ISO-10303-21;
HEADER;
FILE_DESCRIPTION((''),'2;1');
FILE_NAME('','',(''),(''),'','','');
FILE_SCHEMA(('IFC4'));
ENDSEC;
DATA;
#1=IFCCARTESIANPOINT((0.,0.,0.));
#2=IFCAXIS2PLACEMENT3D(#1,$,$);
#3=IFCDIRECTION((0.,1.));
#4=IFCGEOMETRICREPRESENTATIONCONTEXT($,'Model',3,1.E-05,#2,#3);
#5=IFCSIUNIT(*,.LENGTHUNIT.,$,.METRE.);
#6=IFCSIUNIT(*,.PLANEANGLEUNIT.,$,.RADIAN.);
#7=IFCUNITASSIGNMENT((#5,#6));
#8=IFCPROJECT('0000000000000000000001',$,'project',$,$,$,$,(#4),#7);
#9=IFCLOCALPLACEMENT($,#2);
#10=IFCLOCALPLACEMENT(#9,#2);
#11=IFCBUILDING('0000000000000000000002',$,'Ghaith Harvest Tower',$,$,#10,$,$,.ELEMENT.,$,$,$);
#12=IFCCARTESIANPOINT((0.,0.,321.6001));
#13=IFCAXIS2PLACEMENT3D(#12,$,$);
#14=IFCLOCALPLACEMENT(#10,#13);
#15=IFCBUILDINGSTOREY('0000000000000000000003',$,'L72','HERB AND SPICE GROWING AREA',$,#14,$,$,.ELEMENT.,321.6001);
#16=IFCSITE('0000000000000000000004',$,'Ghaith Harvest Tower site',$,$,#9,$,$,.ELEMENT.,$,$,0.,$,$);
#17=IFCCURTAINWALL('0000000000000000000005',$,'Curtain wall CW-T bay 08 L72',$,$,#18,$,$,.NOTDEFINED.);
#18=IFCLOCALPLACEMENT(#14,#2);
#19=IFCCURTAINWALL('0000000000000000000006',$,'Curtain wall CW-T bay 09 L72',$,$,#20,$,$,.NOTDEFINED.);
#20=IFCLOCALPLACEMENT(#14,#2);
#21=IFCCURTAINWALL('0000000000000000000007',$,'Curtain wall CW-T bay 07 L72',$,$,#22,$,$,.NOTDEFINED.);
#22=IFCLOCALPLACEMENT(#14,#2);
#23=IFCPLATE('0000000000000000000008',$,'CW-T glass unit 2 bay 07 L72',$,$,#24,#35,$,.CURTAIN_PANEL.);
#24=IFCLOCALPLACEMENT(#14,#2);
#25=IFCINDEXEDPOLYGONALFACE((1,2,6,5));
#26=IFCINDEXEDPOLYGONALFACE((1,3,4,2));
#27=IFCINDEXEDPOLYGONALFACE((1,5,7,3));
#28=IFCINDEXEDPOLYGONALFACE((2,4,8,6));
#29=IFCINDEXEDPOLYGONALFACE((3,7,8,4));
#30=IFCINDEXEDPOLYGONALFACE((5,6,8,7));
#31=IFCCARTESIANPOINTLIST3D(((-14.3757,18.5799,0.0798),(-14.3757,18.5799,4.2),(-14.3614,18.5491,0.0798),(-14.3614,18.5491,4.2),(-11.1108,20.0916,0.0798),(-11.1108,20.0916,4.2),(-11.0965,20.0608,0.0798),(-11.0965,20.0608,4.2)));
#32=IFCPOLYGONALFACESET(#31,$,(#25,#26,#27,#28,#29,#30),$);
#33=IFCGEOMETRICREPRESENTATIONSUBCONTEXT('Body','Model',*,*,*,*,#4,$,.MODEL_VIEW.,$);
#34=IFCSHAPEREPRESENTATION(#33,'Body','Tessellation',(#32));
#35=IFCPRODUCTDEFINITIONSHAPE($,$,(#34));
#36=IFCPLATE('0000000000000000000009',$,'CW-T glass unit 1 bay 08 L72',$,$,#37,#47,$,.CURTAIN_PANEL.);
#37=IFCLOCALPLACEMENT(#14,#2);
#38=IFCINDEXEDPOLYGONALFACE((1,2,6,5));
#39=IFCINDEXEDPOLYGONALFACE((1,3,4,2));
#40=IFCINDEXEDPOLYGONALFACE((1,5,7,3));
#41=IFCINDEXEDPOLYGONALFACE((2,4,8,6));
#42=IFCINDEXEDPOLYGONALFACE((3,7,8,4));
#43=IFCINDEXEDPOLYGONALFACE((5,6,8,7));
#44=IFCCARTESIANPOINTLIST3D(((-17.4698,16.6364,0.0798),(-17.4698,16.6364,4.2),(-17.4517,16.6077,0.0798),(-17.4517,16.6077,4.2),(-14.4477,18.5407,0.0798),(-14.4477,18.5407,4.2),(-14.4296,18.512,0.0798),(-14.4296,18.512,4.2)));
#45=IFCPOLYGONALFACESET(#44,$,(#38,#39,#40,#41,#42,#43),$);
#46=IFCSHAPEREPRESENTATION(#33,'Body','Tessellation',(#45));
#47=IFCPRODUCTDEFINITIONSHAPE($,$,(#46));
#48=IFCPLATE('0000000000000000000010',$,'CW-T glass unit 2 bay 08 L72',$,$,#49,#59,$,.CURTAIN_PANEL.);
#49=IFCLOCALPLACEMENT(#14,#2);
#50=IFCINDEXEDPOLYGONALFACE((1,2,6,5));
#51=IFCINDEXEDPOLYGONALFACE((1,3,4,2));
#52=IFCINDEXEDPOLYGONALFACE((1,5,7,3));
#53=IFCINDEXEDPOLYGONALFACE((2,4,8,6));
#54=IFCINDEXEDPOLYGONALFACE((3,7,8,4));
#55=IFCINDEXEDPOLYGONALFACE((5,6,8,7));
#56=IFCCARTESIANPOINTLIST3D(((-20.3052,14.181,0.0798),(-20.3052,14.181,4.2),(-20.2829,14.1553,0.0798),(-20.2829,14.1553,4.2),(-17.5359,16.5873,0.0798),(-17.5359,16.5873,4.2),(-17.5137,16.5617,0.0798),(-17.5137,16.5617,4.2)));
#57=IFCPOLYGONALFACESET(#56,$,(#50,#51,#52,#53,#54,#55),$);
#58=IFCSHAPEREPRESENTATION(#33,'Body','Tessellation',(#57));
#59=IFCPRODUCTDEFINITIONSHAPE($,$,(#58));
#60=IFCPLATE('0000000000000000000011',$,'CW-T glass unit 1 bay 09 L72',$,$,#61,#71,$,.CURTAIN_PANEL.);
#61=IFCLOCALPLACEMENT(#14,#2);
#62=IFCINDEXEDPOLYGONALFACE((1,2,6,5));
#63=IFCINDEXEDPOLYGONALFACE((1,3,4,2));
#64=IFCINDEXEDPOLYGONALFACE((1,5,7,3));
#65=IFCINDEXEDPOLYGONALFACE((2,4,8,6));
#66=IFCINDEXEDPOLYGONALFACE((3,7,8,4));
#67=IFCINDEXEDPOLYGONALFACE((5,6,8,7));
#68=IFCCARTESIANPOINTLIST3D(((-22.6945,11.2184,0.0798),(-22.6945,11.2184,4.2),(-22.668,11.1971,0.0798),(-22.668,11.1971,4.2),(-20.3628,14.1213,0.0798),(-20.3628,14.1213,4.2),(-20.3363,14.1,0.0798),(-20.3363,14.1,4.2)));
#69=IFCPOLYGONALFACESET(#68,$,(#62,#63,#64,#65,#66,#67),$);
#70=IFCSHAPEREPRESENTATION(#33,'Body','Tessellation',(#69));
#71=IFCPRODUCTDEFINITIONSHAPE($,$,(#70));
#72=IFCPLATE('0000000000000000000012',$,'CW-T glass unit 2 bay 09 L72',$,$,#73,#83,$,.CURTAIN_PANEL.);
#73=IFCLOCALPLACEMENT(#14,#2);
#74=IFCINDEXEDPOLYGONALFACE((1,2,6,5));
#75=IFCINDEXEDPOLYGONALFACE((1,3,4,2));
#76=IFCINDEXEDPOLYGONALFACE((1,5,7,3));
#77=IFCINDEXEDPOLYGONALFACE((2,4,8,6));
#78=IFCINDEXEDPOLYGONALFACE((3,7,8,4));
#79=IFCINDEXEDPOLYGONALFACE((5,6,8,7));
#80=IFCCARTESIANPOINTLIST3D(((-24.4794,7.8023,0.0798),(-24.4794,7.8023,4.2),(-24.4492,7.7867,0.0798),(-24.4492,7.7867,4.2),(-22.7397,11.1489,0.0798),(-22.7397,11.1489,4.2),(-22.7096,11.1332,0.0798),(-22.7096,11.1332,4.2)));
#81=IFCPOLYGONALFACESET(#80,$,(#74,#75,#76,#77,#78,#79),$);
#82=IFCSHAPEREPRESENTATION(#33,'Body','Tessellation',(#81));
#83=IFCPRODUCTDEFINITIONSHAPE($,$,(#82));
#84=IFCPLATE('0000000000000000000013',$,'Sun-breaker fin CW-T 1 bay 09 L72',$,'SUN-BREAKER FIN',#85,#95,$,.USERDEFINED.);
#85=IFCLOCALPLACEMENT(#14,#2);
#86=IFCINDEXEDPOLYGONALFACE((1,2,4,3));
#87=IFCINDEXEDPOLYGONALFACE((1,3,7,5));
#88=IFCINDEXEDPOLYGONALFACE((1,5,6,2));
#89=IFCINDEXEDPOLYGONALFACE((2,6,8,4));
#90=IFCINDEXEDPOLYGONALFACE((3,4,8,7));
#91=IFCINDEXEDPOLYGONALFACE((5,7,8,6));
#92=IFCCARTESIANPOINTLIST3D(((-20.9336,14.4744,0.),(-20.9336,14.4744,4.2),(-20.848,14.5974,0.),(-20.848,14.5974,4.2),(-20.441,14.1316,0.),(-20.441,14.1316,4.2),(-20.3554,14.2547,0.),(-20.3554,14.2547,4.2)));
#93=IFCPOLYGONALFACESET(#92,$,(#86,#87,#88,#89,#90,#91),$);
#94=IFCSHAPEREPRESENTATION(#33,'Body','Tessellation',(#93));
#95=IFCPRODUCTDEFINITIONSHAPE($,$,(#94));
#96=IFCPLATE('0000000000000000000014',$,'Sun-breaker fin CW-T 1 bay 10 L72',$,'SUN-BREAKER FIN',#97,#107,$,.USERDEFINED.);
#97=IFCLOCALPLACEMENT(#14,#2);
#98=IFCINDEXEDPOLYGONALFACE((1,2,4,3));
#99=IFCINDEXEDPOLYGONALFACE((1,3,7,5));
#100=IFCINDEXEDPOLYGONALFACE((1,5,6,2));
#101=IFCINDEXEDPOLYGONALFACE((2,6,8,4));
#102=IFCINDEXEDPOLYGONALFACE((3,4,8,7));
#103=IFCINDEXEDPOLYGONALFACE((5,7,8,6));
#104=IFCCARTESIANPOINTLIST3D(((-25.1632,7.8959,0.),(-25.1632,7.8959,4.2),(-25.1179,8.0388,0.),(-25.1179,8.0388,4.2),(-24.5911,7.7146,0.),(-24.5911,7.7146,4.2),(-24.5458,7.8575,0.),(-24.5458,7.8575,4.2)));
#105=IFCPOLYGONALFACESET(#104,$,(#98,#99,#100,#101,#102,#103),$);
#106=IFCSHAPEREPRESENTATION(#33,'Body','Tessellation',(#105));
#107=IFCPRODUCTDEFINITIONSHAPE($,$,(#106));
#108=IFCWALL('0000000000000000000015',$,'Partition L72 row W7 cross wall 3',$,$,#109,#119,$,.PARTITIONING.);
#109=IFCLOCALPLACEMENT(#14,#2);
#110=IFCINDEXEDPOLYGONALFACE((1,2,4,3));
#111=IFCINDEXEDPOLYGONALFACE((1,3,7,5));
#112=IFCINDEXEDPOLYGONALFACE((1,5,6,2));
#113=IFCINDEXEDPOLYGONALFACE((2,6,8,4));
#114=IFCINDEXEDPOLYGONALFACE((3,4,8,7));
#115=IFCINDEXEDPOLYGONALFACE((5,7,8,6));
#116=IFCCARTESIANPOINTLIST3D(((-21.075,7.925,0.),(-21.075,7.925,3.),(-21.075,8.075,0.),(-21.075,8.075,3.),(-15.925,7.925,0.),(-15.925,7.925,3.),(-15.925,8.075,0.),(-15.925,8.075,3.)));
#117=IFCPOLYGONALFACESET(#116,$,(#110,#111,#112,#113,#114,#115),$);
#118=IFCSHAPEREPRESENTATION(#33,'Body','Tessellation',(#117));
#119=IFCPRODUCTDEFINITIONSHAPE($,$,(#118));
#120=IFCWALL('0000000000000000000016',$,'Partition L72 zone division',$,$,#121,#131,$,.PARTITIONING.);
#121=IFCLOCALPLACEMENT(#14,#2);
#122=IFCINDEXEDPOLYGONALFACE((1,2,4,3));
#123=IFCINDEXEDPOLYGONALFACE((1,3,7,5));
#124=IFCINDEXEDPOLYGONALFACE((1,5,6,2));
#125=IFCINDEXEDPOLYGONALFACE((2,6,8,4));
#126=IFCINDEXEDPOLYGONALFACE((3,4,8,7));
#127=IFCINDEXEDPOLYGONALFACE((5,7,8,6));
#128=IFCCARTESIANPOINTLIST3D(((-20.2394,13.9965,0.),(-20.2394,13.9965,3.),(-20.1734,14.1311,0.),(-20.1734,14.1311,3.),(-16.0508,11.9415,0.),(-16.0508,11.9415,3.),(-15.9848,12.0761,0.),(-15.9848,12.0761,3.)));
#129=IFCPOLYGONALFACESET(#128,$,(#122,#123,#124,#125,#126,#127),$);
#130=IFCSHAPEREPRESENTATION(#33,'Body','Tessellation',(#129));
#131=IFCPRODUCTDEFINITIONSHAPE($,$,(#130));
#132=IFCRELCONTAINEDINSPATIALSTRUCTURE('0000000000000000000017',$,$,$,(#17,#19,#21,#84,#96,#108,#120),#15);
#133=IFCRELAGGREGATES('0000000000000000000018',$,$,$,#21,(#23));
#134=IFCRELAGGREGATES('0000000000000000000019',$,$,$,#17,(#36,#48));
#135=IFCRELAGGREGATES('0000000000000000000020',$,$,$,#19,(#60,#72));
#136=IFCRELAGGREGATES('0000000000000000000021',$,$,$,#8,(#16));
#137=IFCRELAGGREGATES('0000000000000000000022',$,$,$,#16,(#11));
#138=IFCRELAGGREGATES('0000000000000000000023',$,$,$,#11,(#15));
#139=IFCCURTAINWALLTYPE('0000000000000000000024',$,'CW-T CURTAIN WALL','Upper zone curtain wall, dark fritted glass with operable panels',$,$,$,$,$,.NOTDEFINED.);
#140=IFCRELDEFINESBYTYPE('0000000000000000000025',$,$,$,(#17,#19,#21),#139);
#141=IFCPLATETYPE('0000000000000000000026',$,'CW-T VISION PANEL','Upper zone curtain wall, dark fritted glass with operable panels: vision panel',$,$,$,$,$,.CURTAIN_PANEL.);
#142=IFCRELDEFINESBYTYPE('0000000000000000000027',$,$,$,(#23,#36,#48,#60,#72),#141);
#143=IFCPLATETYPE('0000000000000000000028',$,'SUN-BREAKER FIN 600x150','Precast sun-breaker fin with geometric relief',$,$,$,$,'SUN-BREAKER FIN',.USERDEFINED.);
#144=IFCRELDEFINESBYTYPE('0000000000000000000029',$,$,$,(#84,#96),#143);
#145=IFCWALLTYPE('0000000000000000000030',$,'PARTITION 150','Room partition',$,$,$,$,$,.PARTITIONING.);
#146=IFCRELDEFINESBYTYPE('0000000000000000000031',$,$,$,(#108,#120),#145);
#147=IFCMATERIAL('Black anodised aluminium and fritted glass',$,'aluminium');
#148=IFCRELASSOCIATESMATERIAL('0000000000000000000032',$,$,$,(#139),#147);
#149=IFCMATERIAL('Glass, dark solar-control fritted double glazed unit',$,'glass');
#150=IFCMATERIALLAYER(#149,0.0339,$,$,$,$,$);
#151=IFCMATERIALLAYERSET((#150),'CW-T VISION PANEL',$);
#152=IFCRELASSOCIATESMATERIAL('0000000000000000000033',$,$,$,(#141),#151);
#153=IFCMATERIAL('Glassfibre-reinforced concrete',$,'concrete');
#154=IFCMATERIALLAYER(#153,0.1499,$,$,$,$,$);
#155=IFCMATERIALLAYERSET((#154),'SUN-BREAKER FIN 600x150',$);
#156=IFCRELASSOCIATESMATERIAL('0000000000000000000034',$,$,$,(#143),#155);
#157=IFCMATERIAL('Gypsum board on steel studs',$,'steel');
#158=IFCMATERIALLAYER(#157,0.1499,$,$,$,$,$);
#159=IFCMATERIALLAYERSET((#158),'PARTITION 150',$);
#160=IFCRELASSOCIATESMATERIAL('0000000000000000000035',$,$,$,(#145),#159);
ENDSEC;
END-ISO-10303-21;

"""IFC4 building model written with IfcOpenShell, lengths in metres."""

from ifc_helpers import new_model, si_unit, direction, frame, frame_2d, origin, origin_2d, place, context, subcontext, project, spatial, rectangle, extrude, material, layer, layer_set, type_object, element, aggregate, save


model = new_model("IFC4")

# Units and contexts
model_context = context("Model", 3, precision=1e-05, world=origin(), true_north=direction((0.0, 1.0)))
body_context = subcontext(model_context, "Body", "Model", "MODEL_VIEW")
ifc_project = project(units=[si_unit("LENGTHUNIT", "METRE"), si_unit("PLANEANGLEUNIT", "RADIAN")], contexts=[model_context])

# Site, building, storey
site_placement = place(None, origin())
site = spatial("IfcSite", under=ifc_project, at=site_placement, Name="Ghaith Harvest Tower site", CompositionType="ELEMENT", RefElevation=0.0)
building_placement = place(site_placement, origin())
building = spatial("IfcBuilding", under=site, at=building_placement, Name="Ghaith Harvest Tower", CompositionType="ELEMENT")
storey_placement = place(building_placement, frame((0.0, 0.0, 321.6001)))
storey = spatial("IfcBuildingStorey", under=building, at=storey_placement, Name="L72", Description="HERB AND SPICE GROWING AREA", CompositionType="ELEMENT", Elevation=321.6001)

# Curtain walls
ifc_material_1 = material(Name="Black anodised aluminium and fritted glass", Category="aluminium")
curtain_wall_type = type_object("IfcCurtainWallType", Name="CW-T CURTAIN WALL", Description="Upper zone curtain wall, dark fritted glass with operable panels", PredefinedType="NOTDEFINED", material=ifc_material_1)
curtain_wall_1_placement = place(storey_placement, origin())
curtain_wall_1 = element("IfcCurtainWall", 1, at=curtain_wall_1_placement, inside=storey, type_object=curtain_wall_type, Name="Curtain wall CW-T bay 08 L72", PredefinedType="NOTDEFINED")
curtain_wall_2_placement = place(storey_placement, origin())
curtain_wall_2 = element("IfcCurtainWall", 2, at=curtain_wall_2_placement, inside=storey, type_object=curtain_wall_type, Name="Curtain wall CW-T bay 09 L72", PredefinedType="NOTDEFINED")

# Curtain wall, plate
curtain_wall_3_placement = place(storey_placement, origin())
curtain_wall_3 = element("IfcCurtainWall", 3, at=curtain_wall_3_placement, inside=storey, type_object=curtain_wall_type, Name="Curtain wall CW-T bay 07 L72", PredefinedType="NOTDEFINED")
ifc_material_2 = material(Name="Glass, dark solar-control fritted double glazed unit", Category="glass")
ifc_layer_1 = layer(ifc_material_2, 0.0339)
ifc_layer_set_1 = layer_set([ifc_layer_1], Name="CW-T VISION PANEL")
plate_type_1 = type_object("IfcPlateType", Name="CW-T VISION PANEL", Description="Upper zone curtain wall, dark fritted glass with operable panels: vision panel", PredefinedType="CURTAIN_PANEL", material=ifc_layer_set_1)
plate_1_placement = place(storey_placement, frame((-12.7361, 19.3203, 0.0798), z_axis=(0.0, 0.0, 1.0), x_axis=(-0.90745, -0.42016, 0.0)))
plate_1 = element("IfcPlate", 4, at=plate_1_placement, type_object=plate_type_1, Name="CW-T glass unit 2 bay 07 L72", PredefinedType="CURTAIN_PANEL", context=body_context, shape_type="SweptSolid", body=[
    extrude(rectangle(XDim=3.5979, YDim=0.0339, at=origin_2d()), origin(), (0.0, 0.0, 1.0), 4.1201),
])
aggregate(curtain_wall_3, [plate_1])

# Plates
plate_2_placement = place(storey_placement, frame((-15.9497, 17.5742, 0.0798), z_axis=(0.0, 0.0, 1.0), x_axis=(-0.846043, -0.533114, 0.0)))
plate_2 = element("IfcPlate", 5, at=plate_2_placement, type_object=plate_type_1, Name="CW-T glass unit 1 bay 08 L72", PredefinedType="CURTAIN_PANEL", context=body_context, shape_type="SweptSolid", body=[
    extrude(rectangle(XDim=3.572, YDim=0.0339, at=origin_2d()), origin(), (0.0, 0.0, 1.0), 4.1201),
])
plate_3_placement = place(storey_placement, frame((-18.9094, 15.3713, 0.0798), z_axis=(0.0, 0.0, 1.0), x_axis=(-0.754829, -0.655922, 0.0)))
plate_3 = element("IfcPlate", 6, at=plate_3_placement, type_object=plate_type_1, Name="CW-T glass unit 2 bay 08 L72", PredefinedType="CURTAIN_PANEL", context=body_context, shape_type="SweptSolid", body=[
    extrude(rectangle(XDim=3.6687, YDim=0.0339, at=origin_2d()), origin(), (0.0, 0.0, 1.0), 4.1201),
])
aggregate(curtain_wall_1, [plate_2, plate_3])
plate_4_placement = place(storey_placement, frame((-21.5154, 12.6592, 0.0798), z_axis=(0.0, 0.0, 1.0), x_axis=(-0.62623, -0.779639, 0.0)))
plate_4 = element("IfcPlate", 7, at=plate_4_placement, type_object=plate_type_1, Name="CW-T glass unit 1 bay 09 L72", PredefinedType="CURTAIN_PANEL", context=body_context, shape_type="SweptSolid", body=[
    extrude(rectangle(XDim=3.7234, YDim=0.0339, at=origin_2d()), origin(), (0.0, 0.0, 1.0), 4.1201),
])
plate_5_placement = place(storey_placement, frame((-23.5945, 9.4678, 0.0798), z_axis=(0.0, 0.0, 1.0), x_axis=(-0.46123, -0.887281, 0.0)))
plate_5 = element("IfcPlate", 8, at=plate_5_placement, type_object=plate_type_1, Name="CW-T glass unit 2 bay 09 L72", PredefinedType="CURTAIN_PANEL", context=body_context, shape_type="SweptSolid", body=[
    extrude(rectangle(XDim=3.7717, YDim=0.0339, at=origin_2d()), origin(), (0.0, 0.0, 1.0), 4.1201),
])
aggregate(curtain_wall_2, [plate_4, plate_5])

# Plates
ifc_material_3 = material(Name="Glassfibre-reinforced concrete", Category="concrete")
ifc_layer_2 = layer(ifc_material_3, 0.1499)
ifc_layer_set_2 = layer_set([ifc_layer_2], Name="SUN-BREAKER FIN 600x150")
plate_type_2 = type_object("IfcPlateType", Name="SUN-BREAKER FIN 600x150", Description="Precast sun-breaker fin with geometric relief", ElementType="SUN-BREAKER FIN", PredefinedType="USERDEFINED", material=ifc_layer_set_2)
for number, where, z_axis, x_axis, name in (
    (9, (-20.6445, 14.3645, 0.0), (0.0, 0.0, 1.0), (-0.820845, 0.57115, 0.0), "Sun-breaker fin CW-T 1 bay 09 L72"),
    (10, (-24.8545, 7.8767, 0.0), (0.0, 0.0, 1.0), (-0.953273, 0.30211, 0.0), "Sun-breaker fin CW-T 1 bay 10 L72"),
):
    element("IfcPlate", number, at=place(storey_placement, frame(where, z_axis=z_axis, x_axis=x_axis)), inside=storey, type_object=plate_type_2, Name=name, ObjectType="SUN-BREAKER FIN", PredefinedType="USERDEFINED", context=body_context, shape_type="SweptSolid", body=[
        extrude(rectangle(XDim=0.6001, YDim=0.1499, at=origin_2d()), origin(), (0.0, 0.0, 1.0), 4.2),
    ])

# Walls
ifc_material_4 = material(Name="Gypsum board on steel studs", Category="steel")
ifc_layer_3 = layer(ifc_material_4, 0.1499)
ifc_layer_set_3 = layer_set([ifc_layer_3], Name="PARTITION 150")
wall_type_1 = type_object("IfcWallType", Name="PARTITION 150", Description="Room partition", PredefinedType="PARTITIONING", material=ifc_layer_set_3)
wall_1_placement = place(storey_placement, frame((-15.925, 8.0, 0.0), z_axis=(0.0, 0.0, 1.0), x_axis=(-1.0, 0.0, 0.0)))
element("IfcWall", 11, at=wall_1_placement, inside=storey, type_object=wall_type_1, Name="Partition L72 row W7 cross wall 3", PredefinedType="PARTITIONING", context=body_context, shape_type="SweptSolid", body=[
    extrude(rectangle(XDim=5.1499, YDim=0.1499, at=frame_2d((2.575, 0.0))), origin(), (0.0, 0.0, 1.0), 3.0),
])
wall_2_placement = place(storey_placement, frame((-16.0178, 12.0088, 0.0), z_axis=(0.0, 0.0, 1.0), x_axis=(-0.897772, 0.440461, 0.0)))
element("IfcWall", 12, at=wall_2_placement, inside=storey, type_object=wall_type_1, Name="Partition L72 zone division", PredefinedType="PARTITIONING", context=body_context, shape_type="SweptSolid", body=[
    extrude(rectangle(XDim=4.6655, YDim=0.1499, at=frame_2d((2.3328, 0.0))), origin(), (0.0, 0.0, 1.0), 3.0),
])

save(model, "model.ifc")
